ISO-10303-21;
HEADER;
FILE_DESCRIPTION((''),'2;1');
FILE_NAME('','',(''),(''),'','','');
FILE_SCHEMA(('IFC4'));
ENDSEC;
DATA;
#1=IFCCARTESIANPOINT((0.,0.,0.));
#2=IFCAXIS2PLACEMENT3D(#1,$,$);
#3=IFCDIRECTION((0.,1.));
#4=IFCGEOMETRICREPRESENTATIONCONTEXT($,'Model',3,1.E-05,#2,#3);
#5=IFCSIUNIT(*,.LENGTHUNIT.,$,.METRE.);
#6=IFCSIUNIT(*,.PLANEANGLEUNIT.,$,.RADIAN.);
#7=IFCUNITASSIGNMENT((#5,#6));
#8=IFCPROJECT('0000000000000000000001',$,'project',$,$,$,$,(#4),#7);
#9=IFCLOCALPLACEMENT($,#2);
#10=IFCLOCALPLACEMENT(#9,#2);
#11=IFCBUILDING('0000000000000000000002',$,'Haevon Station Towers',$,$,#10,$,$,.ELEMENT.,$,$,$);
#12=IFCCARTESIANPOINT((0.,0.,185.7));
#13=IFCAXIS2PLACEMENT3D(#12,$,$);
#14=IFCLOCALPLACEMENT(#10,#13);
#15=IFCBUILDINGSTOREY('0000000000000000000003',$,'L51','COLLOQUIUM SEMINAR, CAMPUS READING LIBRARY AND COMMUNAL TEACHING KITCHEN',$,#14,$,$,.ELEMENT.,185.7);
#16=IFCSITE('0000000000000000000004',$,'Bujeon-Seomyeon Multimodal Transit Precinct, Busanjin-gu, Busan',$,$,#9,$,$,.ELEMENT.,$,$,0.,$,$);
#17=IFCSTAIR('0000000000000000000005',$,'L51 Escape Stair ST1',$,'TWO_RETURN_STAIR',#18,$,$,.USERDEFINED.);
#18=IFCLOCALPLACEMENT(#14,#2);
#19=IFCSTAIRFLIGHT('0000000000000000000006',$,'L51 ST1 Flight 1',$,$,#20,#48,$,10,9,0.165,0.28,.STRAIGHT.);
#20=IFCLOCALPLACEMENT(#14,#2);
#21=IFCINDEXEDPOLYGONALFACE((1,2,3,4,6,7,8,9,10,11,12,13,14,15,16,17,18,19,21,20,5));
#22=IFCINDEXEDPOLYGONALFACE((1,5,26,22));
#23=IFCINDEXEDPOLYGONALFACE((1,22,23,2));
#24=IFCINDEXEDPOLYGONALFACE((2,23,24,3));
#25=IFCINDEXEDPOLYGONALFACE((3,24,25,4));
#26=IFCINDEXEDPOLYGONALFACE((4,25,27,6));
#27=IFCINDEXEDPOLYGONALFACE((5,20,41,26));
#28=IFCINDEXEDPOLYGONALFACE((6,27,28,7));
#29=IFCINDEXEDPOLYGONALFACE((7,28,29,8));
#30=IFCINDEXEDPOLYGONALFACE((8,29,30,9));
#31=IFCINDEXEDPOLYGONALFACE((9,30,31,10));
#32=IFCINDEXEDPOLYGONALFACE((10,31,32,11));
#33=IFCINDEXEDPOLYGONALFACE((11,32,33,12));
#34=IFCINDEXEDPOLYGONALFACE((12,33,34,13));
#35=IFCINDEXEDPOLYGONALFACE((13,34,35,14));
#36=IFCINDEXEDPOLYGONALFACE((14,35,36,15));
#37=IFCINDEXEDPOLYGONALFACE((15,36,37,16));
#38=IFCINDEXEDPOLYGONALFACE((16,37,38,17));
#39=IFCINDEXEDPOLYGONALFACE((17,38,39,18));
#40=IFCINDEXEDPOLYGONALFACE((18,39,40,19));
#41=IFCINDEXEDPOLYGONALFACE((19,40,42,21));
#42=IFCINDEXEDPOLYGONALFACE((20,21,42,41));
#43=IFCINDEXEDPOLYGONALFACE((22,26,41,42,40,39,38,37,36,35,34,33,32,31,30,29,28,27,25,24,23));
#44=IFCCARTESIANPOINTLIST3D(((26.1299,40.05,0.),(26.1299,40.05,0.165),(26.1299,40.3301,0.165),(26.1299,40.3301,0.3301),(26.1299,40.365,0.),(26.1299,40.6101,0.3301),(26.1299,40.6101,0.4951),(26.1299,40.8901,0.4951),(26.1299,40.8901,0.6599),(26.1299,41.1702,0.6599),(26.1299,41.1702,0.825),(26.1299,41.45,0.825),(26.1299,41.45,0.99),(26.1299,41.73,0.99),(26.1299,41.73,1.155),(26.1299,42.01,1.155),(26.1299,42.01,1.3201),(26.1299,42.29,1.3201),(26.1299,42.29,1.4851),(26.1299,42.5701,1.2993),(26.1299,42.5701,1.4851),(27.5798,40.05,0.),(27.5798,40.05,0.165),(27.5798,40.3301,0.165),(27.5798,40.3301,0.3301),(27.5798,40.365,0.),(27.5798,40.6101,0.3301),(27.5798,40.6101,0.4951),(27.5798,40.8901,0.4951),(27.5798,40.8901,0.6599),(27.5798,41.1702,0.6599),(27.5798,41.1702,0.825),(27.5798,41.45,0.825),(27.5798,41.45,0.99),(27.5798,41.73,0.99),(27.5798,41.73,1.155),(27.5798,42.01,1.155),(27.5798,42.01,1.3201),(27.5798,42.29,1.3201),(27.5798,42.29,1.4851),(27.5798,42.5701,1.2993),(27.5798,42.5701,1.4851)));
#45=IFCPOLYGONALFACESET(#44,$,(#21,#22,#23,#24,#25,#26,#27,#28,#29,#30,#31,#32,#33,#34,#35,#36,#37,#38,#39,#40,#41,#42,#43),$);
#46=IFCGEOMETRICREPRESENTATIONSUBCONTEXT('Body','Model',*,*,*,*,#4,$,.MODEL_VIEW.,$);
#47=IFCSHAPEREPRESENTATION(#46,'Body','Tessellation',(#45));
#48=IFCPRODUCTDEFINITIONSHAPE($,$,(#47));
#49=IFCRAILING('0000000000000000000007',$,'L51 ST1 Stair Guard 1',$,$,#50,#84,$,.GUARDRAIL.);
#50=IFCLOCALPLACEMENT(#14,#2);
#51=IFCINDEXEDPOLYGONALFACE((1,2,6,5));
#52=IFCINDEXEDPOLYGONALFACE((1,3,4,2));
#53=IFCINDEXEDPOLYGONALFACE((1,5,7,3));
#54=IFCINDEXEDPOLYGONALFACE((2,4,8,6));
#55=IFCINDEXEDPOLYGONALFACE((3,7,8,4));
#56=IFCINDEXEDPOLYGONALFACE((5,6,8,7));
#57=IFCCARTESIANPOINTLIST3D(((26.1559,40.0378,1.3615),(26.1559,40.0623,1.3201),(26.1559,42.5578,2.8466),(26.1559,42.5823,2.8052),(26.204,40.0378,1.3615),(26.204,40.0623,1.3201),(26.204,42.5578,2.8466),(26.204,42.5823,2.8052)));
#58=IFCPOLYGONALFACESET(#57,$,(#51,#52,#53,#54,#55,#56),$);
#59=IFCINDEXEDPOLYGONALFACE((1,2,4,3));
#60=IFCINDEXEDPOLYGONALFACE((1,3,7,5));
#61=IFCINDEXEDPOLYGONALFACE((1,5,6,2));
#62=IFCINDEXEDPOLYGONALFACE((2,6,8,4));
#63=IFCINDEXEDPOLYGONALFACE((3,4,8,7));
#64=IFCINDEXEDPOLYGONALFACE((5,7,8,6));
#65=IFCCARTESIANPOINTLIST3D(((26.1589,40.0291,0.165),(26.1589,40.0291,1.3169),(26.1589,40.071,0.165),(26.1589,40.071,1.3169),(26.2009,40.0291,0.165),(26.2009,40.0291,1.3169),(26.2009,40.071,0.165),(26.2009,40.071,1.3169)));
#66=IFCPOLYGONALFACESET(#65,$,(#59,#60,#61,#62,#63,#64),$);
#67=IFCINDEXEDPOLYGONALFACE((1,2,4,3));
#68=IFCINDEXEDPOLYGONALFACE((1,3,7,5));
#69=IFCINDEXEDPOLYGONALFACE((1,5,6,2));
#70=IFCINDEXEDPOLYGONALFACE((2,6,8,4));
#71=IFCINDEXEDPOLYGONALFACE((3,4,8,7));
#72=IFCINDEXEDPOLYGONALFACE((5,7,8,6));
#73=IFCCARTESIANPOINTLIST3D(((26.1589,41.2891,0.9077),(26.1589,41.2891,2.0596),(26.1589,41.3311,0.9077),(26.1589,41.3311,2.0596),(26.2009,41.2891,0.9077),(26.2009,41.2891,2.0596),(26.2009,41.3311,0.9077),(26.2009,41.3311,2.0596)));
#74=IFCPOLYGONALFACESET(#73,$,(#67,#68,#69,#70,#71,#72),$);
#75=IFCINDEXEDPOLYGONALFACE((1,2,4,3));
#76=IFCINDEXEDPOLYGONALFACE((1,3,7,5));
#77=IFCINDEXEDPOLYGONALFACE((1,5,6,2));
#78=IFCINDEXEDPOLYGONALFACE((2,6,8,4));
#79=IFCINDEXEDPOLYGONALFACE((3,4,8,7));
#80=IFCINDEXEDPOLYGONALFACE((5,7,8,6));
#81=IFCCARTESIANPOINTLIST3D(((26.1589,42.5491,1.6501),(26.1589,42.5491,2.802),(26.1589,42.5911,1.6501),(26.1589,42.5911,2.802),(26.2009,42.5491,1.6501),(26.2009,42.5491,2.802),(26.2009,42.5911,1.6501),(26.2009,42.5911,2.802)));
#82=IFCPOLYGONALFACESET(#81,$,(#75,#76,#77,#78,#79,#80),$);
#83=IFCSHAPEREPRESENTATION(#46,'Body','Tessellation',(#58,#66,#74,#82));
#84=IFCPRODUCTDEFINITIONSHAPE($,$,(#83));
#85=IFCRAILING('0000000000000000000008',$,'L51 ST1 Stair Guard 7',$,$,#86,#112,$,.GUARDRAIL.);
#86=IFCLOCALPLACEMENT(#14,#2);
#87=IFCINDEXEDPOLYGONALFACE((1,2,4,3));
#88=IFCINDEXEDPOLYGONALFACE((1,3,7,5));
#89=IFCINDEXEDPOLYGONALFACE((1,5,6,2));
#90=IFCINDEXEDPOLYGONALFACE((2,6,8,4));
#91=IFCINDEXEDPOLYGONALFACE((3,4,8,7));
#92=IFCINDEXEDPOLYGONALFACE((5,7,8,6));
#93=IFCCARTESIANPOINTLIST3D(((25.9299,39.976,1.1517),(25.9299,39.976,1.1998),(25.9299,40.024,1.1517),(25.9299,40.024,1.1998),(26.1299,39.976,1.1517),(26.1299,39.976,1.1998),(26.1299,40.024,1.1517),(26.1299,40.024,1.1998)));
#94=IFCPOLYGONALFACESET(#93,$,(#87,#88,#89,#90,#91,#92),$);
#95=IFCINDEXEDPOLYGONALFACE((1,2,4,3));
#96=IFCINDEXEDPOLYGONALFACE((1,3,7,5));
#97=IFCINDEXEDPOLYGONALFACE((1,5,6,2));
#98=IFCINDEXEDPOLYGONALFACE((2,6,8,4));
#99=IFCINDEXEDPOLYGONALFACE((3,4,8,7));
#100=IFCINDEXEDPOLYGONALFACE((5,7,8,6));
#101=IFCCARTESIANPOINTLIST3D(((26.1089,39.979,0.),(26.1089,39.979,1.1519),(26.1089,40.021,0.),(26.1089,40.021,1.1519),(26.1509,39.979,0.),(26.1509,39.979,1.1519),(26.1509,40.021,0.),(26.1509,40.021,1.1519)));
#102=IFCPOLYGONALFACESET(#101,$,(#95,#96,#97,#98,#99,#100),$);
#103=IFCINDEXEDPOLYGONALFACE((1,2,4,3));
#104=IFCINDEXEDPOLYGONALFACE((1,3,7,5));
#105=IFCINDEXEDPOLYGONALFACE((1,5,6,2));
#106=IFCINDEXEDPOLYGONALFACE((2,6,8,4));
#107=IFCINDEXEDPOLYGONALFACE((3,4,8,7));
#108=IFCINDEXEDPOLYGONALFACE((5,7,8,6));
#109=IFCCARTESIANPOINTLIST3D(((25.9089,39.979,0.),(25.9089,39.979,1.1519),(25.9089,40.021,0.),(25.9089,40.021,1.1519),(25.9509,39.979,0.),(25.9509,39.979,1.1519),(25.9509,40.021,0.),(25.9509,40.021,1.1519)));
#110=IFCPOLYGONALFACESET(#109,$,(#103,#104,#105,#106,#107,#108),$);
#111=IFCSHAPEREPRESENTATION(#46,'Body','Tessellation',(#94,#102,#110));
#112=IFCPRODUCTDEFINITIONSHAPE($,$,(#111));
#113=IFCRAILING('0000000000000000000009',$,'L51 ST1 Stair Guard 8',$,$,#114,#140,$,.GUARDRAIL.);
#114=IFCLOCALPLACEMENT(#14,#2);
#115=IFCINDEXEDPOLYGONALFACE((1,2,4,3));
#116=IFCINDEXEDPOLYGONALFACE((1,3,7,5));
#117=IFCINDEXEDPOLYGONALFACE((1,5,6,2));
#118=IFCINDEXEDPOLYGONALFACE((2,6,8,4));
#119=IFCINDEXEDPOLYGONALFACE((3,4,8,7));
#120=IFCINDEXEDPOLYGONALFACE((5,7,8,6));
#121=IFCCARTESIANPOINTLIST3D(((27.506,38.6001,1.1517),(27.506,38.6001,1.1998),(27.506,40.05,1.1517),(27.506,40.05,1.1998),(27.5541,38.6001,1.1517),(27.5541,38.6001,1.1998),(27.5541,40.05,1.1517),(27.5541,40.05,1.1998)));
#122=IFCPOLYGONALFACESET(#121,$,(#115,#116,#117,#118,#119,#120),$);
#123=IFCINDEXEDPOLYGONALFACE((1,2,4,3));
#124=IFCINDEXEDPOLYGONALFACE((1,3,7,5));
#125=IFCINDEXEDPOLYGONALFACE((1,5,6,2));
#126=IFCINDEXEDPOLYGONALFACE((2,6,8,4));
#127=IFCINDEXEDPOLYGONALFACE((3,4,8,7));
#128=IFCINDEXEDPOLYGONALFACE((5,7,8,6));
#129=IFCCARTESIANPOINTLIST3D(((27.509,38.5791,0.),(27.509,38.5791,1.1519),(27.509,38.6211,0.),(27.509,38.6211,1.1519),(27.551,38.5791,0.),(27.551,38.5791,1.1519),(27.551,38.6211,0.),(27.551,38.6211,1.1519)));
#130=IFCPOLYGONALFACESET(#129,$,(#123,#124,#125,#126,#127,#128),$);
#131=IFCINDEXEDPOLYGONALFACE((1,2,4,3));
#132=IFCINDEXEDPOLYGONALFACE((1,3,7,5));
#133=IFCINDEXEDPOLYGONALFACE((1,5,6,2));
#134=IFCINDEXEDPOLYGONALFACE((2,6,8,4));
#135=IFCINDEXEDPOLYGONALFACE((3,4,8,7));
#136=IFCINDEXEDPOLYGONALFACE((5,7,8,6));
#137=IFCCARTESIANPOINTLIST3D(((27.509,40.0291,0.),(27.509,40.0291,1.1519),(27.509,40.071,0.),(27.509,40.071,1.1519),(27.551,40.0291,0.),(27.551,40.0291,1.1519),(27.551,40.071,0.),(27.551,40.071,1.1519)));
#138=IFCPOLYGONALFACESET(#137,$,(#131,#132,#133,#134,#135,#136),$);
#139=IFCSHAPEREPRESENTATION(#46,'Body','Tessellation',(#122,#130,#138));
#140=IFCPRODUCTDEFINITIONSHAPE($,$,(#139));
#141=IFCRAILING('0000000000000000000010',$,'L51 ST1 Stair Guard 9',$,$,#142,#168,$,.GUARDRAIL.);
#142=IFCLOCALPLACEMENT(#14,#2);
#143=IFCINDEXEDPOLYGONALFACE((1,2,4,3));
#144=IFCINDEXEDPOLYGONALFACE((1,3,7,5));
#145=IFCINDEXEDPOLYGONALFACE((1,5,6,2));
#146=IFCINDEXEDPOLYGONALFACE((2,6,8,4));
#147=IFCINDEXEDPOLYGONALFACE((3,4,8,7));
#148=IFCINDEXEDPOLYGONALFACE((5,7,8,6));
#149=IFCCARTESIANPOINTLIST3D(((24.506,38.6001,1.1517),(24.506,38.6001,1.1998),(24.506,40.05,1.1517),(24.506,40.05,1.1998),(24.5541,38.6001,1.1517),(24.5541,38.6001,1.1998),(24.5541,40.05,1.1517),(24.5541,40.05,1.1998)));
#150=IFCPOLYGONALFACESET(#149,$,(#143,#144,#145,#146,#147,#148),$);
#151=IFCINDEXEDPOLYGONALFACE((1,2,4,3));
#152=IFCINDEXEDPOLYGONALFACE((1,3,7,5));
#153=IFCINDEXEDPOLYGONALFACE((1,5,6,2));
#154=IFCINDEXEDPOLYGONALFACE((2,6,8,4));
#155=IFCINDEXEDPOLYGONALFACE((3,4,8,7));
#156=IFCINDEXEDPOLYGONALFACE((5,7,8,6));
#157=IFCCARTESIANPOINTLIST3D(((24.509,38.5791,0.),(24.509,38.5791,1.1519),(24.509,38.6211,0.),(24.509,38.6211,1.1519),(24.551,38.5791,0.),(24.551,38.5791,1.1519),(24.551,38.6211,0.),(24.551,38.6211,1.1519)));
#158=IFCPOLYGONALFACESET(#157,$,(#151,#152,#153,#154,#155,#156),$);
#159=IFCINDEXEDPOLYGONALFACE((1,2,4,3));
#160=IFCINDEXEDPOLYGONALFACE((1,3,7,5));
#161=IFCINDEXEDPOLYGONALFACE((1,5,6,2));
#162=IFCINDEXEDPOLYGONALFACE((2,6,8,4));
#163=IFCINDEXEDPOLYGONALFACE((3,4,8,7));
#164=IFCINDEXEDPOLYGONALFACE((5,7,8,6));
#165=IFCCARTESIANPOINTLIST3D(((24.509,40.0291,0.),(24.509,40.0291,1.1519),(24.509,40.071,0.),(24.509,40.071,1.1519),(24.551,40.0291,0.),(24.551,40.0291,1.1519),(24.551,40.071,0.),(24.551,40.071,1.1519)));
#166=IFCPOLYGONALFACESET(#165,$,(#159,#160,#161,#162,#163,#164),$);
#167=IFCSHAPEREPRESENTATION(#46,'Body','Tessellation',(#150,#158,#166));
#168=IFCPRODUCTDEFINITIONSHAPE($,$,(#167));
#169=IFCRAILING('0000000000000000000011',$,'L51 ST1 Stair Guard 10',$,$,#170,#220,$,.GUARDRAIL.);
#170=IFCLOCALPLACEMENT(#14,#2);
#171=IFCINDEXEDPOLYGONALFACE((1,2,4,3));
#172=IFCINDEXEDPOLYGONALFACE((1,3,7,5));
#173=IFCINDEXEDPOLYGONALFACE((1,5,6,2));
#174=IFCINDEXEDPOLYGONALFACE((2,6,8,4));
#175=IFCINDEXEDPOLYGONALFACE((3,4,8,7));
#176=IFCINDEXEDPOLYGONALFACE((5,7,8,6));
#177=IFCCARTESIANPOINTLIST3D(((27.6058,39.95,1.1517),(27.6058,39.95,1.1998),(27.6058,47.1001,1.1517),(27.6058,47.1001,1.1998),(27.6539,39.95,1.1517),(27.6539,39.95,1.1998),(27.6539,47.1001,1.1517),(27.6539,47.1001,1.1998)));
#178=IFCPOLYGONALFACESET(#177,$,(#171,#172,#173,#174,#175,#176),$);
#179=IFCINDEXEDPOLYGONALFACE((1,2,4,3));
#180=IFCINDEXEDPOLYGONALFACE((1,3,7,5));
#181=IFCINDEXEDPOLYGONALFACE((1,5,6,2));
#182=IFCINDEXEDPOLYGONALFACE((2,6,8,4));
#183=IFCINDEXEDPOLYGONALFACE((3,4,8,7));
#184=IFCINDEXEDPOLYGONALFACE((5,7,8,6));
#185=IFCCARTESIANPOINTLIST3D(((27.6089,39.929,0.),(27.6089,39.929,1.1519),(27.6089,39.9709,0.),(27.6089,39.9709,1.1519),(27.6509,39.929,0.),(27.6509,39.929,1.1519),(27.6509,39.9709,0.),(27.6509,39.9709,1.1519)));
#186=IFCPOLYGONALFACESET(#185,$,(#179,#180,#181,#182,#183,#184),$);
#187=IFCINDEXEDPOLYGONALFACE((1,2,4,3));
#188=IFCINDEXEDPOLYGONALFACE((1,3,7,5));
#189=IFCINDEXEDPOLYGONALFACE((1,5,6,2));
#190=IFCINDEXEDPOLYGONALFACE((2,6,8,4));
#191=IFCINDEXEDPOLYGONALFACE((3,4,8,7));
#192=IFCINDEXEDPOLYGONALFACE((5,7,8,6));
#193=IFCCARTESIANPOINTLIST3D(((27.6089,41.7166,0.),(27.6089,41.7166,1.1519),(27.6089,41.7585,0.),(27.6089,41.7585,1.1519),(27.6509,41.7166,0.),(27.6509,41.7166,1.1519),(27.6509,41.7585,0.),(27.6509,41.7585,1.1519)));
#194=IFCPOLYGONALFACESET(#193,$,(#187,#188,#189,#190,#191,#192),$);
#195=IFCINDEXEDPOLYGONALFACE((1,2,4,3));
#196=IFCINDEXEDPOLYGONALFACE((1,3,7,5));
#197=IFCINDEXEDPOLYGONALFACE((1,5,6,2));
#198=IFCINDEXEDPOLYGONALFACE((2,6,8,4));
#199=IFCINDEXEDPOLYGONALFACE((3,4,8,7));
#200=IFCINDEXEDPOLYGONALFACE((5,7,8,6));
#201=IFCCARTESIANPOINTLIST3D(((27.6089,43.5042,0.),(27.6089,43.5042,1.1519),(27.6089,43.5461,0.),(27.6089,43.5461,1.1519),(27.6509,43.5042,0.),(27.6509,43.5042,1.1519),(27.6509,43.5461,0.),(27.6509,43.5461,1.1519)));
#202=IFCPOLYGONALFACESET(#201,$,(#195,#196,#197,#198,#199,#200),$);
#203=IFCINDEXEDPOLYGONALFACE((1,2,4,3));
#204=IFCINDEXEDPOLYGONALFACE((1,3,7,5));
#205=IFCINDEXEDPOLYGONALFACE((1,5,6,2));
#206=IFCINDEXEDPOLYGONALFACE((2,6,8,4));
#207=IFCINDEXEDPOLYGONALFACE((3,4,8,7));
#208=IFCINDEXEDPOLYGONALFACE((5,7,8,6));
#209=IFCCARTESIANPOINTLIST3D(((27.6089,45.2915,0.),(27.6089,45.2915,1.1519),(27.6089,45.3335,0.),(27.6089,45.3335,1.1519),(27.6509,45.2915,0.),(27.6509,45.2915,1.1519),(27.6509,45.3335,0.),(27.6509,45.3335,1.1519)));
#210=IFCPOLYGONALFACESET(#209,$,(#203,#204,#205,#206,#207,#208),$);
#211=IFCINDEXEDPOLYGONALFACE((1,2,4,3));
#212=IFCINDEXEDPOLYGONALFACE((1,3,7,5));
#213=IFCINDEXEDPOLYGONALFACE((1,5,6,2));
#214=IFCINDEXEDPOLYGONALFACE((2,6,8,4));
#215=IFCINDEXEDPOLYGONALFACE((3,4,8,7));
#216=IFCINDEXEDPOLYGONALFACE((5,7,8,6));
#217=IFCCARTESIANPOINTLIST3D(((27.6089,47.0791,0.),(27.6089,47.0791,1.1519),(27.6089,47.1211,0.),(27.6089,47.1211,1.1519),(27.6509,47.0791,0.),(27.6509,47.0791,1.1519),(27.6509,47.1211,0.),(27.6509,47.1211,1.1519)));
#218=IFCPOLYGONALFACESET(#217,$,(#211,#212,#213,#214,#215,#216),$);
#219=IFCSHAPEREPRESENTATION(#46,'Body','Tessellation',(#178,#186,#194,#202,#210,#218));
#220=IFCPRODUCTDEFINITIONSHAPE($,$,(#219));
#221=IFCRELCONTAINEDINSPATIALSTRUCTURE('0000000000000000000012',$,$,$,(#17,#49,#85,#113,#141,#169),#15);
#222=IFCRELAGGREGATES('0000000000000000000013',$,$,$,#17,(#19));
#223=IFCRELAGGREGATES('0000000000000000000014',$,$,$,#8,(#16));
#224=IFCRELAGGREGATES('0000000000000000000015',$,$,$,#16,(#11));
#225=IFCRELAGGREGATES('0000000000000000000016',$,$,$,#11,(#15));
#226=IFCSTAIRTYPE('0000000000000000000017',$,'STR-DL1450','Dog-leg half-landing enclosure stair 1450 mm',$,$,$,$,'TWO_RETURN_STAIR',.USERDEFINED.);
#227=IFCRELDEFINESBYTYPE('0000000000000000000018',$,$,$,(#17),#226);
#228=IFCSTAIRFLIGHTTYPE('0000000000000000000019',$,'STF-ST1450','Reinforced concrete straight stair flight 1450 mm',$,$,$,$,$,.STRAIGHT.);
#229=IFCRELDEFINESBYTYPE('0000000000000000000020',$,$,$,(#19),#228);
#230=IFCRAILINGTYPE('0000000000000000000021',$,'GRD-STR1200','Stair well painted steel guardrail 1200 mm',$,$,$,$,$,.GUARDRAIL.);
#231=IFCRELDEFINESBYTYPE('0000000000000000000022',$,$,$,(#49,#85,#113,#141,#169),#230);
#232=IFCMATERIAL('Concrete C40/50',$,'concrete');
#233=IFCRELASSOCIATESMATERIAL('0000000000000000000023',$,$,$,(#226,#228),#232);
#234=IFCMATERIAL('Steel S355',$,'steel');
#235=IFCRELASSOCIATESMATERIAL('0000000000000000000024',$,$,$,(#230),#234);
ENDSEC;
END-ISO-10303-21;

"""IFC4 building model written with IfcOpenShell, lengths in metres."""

from ifc_helpers import new_model, si_unit, direction, frame, origin, origin_2d, place, context, subcontext, project, spatial, polyline, rectangle, outline, extrude, material, type_object, element, aggregate, save


model = new_model("IFC4")

# Units and contexts
model_context = context("Model", 3, precision=1e-05, world=origin(), true_north=direction((0.0, 1.0)))
body_context = subcontext(model_context, "Body", "Model", "MODEL_VIEW")
ifc_project = project(units=[si_unit("LENGTHUNIT", "METRE"), si_unit("PLANEANGLEUNIT", "RADIAN")], contexts=[model_context])

# Site, building, storey
site_placement = place(None, origin())
site = spatial("IfcSite", under=ifc_project, at=site_placement, Name="Bujeon-Seomyeon Multimodal Transit Precinct, Busanjin-gu, Busan", CompositionType="ELEMENT", RefElevation=0.0)
building_placement = place(site_placement, origin())
building = spatial("IfcBuilding", under=site, at=building_placement, Name="Haevon Station Towers", CompositionType="ELEMENT")
storey_placement = place(building_placement, frame((0.0, 0.0, 185.7)))
storey = spatial("IfcBuildingStorey", under=building, at=storey_placement, Name="L51", Description="COLLOQUIUM SEMINAR, CAMPUS READING LIBRARY AND COMMUNAL TEACHING KITCHEN", CompositionType="ELEMENT", Elevation=185.7)

# Shared definitions
ifc_material_1 = material(Name="Steel S355", Category="steel")

# Stair, stair flight
ifc_material_2 = material(Name="Concrete C40/50", Category="concrete")
stair_type = type_object("IfcStairType", Name="STR-DL1450", Description="Dog-leg half-landing enclosure stair 1450 mm", ElementType="TWO_RETURN_STAIR", PredefinedType="USERDEFINED", material=ifc_material_2)
stair_placement = place(storey_placement, origin())
stair = element("IfcStair", 1, at=stair_placement, inside=storey, type_object=stair_type, Name="L51 Escape Stair ST1", ObjectType="TWO_RETURN_STAIR", PredefinedType="USERDEFINED")
stair_flight_type = type_object("IfcStairFlightType", Name="STF-ST1450", Description="Reinforced concrete straight stair flight 1450 mm", PredefinedType="STRAIGHT", material=ifc_material_2)
stair_flight_placement = place(storey_placement, frame((26.855, 40.05, 0.0), z_axis=(0.0, 0.0, 1.0), x_axis=(0.0, 1.0, 0.0)))
stair_flight = element("IfcStairFlight", 2, at=stair_flight_placement, type_object=stair_flight_type, Name="L51 ST1 Flight 1", NumberOfRisers=10, NumberOfTreads=9, PredefinedType="STRAIGHT", RiserHeight=0.165, TreadLength=0.28, context=body_context, shape_type="SweptSolid", body=[
    extrude(outline(polyline([(0.0, 0.0), (0.0, 0.165), (0.28, 0.165), (0.28, 0.3301), (0.5601, 0.3301), (0.5601, 0.4951), (0.8401, 0.4951), (0.8401, 0.6599), (1.1201, 0.6599), (1.1201, 0.825), (1.3999, 0.825), (1.3999, 0.99), (1.6799, 0.99), (1.6799, 1.155), (1.96, 1.155), (1.96, 1.3201), (2.24, 1.3201), (2.24, 1.4851), (2.52, 1.4851), (2.52, 1.6499), (2.52, 1.2993), (0.3149, 0.0), (0.0, 0.0)])), frame((0.0, 0.7251, 0.0), z_axis=(0.0, -1.0, 0.0), x_axis=(1.0, 0.0, 0.0)), (0.0, 0.0, 1.0), 1.45),
])
aggregate(stair, [stair_flight])

# Railings
railing_type_1 = type_object("IfcRailingType", Name="GRD-STR1200", Description="Stair well painted steel guardrail 1200 mm", PredefinedType="GUARDRAIL", material=ifc_material_1)
railing_1_placement = place(storey_placement, frame((26.1799, 40.05, 0.165)))
element("IfcRailing", 3, at=railing_1_placement, inside=storey, type_object=railing_type_1, Name="L51 ST1 Stair Guard 1", PredefinedType="GUARDRAIL", context=body_context, shape_type="SweptSolid", body=[
    extrude(rectangle(XDim=0.0481, YDim=0.0481, at=origin_2d()), frame((0.0, 0.0, 1.1758), z_axis=(0.0, 0.861524, 0.507717), x_axis=(-1.0, 0.0, 0.0)), (0.0, 0.0, 1.0), 2.925),
    extrude(rectangle(XDim=0.042, YDim=0.042, at=origin_2d()), origin(), (0.0, 0.0, 1.0), 1.1519),
    extrude(rectangle(XDim=0.042, YDim=0.042, at=origin_2d()), frame((0.0, 1.26, 0.7427)), (0.0, 0.0, 1.0), 1.1519),
    extrude(rectangle(XDim=0.042, YDim=0.042, at=origin_2d()), frame((0.0, 2.52, 1.4851)), (0.0, 0.0, 1.0), 1.1519),
])
railing_2_placement = place(storey_placement, frame((26.1299, 40.0, 0.0)))
element("IfcRailing", 4, at=railing_2_placement, inside=storey, type_object=railing_type_1, Name="L51 ST1 Stair Guard 7", PredefinedType="GUARDRAIL", context=body_context, shape_type="SweptSolid", body=[
    extrude(rectangle(XDim=0.0481, YDim=0.0481, at=origin_2d()), frame((0.0, 0.0, 1.1758), z_axis=(-1.0, 0.0, 0.0), x_axis=(0.0, -1.0, 0.0)), (0.0, 0.0, 1.0), 0.2),
    extrude(rectangle(XDim=0.042, YDim=0.042, at=origin_2d()), origin(), (0.0, 0.0, 1.0), 1.1519),
    extrude(rectangle(XDim=0.042, YDim=0.042, at=origin_2d()), frame((-0.2, 0.0, 0.0)), (0.0, 0.0, 1.0), 1.1519),
])
for number, where, name in (
    (5, (27.53, 38.6001, 0.0), "L51 ST1 Stair Guard 8"),
    (6, (24.53, 38.6001, 0.0), "L51 ST1 Stair Guard 9"),
):
    element("IfcRailing", number, at=place(storey_placement, frame(where)), inside=storey, type_object=railing_type_1, Name=name, PredefinedType="GUARDRAIL", context=body_context, shape_type="SweptSolid", body=[
        extrude(rectangle(XDim=0.0481, YDim=0.0481, at=origin_2d()), frame((0.0, 0.0, 1.1758), z_axis=(0.0, 1.0, 0.0), x_axis=(-1.0, 0.0, 0.0)), (0.0, 0.0, 1.0), 1.45),
        extrude(rectangle(XDim=0.042, YDim=0.042, at=origin_2d()), origin(), (0.0, 0.0, 1.0), 1.1519),
        extrude(rectangle(XDim=0.042, YDim=0.042, at=origin_2d()), frame((0.0, 1.45, 0.0)), (0.0, 0.0, 1.0), 1.1519),
    ])
for number, where, name in (
    (7, (27.6299, 39.95, 0.0), "L51 ST1 Stair Guard 10"),
):
    element("IfcRailing", number, at=place(storey_placement, frame(where)), inside=storey, type_object=railing_type_1, Name=name, PredefinedType="GUARDRAIL", context=body_context, shape_type="SweptSolid", body=[
        extrude(rectangle(XDim=0.0481, YDim=0.0481, at=origin_2d()), frame((0.0, 0.0, 1.1758), z_axis=(0.0, 1.0, 0.0), x_axis=(-1.0, 0.0, 0.0)), (0.0, 0.0, 1.0), 7.1501),
        extrude(rectangle(XDim=0.042, YDim=0.042, at=origin_2d()), origin(), (0.0, 0.0, 1.0), 1.1519),
        extrude(rectangle(XDim=0.042, YDim=0.042, at=origin_2d()), frame((0.0, 1.7876, 0.0)), (0.0, 0.0, 1.0), 1.1519),
        extrude(rectangle(XDim=0.042, YDim=0.042, at=origin_2d()), frame((0.0, 3.5752, 0.0)), (0.0, 0.0, 1.0), 1.1519),
        extrude(rectangle(XDim=0.042, YDim=0.042, at=origin_2d()), frame((0.0, 5.3625, 0.0)), (0.0, 0.0, 1.0), 1.1519),
        extrude(rectangle(XDim=0.042, YDim=0.042, at=origin_2d()), frame((0.0, 7.1501, 0.0)), (0.0, 0.0, 1.0), 1.1519),
    ])

save(model, "model.ifc")
